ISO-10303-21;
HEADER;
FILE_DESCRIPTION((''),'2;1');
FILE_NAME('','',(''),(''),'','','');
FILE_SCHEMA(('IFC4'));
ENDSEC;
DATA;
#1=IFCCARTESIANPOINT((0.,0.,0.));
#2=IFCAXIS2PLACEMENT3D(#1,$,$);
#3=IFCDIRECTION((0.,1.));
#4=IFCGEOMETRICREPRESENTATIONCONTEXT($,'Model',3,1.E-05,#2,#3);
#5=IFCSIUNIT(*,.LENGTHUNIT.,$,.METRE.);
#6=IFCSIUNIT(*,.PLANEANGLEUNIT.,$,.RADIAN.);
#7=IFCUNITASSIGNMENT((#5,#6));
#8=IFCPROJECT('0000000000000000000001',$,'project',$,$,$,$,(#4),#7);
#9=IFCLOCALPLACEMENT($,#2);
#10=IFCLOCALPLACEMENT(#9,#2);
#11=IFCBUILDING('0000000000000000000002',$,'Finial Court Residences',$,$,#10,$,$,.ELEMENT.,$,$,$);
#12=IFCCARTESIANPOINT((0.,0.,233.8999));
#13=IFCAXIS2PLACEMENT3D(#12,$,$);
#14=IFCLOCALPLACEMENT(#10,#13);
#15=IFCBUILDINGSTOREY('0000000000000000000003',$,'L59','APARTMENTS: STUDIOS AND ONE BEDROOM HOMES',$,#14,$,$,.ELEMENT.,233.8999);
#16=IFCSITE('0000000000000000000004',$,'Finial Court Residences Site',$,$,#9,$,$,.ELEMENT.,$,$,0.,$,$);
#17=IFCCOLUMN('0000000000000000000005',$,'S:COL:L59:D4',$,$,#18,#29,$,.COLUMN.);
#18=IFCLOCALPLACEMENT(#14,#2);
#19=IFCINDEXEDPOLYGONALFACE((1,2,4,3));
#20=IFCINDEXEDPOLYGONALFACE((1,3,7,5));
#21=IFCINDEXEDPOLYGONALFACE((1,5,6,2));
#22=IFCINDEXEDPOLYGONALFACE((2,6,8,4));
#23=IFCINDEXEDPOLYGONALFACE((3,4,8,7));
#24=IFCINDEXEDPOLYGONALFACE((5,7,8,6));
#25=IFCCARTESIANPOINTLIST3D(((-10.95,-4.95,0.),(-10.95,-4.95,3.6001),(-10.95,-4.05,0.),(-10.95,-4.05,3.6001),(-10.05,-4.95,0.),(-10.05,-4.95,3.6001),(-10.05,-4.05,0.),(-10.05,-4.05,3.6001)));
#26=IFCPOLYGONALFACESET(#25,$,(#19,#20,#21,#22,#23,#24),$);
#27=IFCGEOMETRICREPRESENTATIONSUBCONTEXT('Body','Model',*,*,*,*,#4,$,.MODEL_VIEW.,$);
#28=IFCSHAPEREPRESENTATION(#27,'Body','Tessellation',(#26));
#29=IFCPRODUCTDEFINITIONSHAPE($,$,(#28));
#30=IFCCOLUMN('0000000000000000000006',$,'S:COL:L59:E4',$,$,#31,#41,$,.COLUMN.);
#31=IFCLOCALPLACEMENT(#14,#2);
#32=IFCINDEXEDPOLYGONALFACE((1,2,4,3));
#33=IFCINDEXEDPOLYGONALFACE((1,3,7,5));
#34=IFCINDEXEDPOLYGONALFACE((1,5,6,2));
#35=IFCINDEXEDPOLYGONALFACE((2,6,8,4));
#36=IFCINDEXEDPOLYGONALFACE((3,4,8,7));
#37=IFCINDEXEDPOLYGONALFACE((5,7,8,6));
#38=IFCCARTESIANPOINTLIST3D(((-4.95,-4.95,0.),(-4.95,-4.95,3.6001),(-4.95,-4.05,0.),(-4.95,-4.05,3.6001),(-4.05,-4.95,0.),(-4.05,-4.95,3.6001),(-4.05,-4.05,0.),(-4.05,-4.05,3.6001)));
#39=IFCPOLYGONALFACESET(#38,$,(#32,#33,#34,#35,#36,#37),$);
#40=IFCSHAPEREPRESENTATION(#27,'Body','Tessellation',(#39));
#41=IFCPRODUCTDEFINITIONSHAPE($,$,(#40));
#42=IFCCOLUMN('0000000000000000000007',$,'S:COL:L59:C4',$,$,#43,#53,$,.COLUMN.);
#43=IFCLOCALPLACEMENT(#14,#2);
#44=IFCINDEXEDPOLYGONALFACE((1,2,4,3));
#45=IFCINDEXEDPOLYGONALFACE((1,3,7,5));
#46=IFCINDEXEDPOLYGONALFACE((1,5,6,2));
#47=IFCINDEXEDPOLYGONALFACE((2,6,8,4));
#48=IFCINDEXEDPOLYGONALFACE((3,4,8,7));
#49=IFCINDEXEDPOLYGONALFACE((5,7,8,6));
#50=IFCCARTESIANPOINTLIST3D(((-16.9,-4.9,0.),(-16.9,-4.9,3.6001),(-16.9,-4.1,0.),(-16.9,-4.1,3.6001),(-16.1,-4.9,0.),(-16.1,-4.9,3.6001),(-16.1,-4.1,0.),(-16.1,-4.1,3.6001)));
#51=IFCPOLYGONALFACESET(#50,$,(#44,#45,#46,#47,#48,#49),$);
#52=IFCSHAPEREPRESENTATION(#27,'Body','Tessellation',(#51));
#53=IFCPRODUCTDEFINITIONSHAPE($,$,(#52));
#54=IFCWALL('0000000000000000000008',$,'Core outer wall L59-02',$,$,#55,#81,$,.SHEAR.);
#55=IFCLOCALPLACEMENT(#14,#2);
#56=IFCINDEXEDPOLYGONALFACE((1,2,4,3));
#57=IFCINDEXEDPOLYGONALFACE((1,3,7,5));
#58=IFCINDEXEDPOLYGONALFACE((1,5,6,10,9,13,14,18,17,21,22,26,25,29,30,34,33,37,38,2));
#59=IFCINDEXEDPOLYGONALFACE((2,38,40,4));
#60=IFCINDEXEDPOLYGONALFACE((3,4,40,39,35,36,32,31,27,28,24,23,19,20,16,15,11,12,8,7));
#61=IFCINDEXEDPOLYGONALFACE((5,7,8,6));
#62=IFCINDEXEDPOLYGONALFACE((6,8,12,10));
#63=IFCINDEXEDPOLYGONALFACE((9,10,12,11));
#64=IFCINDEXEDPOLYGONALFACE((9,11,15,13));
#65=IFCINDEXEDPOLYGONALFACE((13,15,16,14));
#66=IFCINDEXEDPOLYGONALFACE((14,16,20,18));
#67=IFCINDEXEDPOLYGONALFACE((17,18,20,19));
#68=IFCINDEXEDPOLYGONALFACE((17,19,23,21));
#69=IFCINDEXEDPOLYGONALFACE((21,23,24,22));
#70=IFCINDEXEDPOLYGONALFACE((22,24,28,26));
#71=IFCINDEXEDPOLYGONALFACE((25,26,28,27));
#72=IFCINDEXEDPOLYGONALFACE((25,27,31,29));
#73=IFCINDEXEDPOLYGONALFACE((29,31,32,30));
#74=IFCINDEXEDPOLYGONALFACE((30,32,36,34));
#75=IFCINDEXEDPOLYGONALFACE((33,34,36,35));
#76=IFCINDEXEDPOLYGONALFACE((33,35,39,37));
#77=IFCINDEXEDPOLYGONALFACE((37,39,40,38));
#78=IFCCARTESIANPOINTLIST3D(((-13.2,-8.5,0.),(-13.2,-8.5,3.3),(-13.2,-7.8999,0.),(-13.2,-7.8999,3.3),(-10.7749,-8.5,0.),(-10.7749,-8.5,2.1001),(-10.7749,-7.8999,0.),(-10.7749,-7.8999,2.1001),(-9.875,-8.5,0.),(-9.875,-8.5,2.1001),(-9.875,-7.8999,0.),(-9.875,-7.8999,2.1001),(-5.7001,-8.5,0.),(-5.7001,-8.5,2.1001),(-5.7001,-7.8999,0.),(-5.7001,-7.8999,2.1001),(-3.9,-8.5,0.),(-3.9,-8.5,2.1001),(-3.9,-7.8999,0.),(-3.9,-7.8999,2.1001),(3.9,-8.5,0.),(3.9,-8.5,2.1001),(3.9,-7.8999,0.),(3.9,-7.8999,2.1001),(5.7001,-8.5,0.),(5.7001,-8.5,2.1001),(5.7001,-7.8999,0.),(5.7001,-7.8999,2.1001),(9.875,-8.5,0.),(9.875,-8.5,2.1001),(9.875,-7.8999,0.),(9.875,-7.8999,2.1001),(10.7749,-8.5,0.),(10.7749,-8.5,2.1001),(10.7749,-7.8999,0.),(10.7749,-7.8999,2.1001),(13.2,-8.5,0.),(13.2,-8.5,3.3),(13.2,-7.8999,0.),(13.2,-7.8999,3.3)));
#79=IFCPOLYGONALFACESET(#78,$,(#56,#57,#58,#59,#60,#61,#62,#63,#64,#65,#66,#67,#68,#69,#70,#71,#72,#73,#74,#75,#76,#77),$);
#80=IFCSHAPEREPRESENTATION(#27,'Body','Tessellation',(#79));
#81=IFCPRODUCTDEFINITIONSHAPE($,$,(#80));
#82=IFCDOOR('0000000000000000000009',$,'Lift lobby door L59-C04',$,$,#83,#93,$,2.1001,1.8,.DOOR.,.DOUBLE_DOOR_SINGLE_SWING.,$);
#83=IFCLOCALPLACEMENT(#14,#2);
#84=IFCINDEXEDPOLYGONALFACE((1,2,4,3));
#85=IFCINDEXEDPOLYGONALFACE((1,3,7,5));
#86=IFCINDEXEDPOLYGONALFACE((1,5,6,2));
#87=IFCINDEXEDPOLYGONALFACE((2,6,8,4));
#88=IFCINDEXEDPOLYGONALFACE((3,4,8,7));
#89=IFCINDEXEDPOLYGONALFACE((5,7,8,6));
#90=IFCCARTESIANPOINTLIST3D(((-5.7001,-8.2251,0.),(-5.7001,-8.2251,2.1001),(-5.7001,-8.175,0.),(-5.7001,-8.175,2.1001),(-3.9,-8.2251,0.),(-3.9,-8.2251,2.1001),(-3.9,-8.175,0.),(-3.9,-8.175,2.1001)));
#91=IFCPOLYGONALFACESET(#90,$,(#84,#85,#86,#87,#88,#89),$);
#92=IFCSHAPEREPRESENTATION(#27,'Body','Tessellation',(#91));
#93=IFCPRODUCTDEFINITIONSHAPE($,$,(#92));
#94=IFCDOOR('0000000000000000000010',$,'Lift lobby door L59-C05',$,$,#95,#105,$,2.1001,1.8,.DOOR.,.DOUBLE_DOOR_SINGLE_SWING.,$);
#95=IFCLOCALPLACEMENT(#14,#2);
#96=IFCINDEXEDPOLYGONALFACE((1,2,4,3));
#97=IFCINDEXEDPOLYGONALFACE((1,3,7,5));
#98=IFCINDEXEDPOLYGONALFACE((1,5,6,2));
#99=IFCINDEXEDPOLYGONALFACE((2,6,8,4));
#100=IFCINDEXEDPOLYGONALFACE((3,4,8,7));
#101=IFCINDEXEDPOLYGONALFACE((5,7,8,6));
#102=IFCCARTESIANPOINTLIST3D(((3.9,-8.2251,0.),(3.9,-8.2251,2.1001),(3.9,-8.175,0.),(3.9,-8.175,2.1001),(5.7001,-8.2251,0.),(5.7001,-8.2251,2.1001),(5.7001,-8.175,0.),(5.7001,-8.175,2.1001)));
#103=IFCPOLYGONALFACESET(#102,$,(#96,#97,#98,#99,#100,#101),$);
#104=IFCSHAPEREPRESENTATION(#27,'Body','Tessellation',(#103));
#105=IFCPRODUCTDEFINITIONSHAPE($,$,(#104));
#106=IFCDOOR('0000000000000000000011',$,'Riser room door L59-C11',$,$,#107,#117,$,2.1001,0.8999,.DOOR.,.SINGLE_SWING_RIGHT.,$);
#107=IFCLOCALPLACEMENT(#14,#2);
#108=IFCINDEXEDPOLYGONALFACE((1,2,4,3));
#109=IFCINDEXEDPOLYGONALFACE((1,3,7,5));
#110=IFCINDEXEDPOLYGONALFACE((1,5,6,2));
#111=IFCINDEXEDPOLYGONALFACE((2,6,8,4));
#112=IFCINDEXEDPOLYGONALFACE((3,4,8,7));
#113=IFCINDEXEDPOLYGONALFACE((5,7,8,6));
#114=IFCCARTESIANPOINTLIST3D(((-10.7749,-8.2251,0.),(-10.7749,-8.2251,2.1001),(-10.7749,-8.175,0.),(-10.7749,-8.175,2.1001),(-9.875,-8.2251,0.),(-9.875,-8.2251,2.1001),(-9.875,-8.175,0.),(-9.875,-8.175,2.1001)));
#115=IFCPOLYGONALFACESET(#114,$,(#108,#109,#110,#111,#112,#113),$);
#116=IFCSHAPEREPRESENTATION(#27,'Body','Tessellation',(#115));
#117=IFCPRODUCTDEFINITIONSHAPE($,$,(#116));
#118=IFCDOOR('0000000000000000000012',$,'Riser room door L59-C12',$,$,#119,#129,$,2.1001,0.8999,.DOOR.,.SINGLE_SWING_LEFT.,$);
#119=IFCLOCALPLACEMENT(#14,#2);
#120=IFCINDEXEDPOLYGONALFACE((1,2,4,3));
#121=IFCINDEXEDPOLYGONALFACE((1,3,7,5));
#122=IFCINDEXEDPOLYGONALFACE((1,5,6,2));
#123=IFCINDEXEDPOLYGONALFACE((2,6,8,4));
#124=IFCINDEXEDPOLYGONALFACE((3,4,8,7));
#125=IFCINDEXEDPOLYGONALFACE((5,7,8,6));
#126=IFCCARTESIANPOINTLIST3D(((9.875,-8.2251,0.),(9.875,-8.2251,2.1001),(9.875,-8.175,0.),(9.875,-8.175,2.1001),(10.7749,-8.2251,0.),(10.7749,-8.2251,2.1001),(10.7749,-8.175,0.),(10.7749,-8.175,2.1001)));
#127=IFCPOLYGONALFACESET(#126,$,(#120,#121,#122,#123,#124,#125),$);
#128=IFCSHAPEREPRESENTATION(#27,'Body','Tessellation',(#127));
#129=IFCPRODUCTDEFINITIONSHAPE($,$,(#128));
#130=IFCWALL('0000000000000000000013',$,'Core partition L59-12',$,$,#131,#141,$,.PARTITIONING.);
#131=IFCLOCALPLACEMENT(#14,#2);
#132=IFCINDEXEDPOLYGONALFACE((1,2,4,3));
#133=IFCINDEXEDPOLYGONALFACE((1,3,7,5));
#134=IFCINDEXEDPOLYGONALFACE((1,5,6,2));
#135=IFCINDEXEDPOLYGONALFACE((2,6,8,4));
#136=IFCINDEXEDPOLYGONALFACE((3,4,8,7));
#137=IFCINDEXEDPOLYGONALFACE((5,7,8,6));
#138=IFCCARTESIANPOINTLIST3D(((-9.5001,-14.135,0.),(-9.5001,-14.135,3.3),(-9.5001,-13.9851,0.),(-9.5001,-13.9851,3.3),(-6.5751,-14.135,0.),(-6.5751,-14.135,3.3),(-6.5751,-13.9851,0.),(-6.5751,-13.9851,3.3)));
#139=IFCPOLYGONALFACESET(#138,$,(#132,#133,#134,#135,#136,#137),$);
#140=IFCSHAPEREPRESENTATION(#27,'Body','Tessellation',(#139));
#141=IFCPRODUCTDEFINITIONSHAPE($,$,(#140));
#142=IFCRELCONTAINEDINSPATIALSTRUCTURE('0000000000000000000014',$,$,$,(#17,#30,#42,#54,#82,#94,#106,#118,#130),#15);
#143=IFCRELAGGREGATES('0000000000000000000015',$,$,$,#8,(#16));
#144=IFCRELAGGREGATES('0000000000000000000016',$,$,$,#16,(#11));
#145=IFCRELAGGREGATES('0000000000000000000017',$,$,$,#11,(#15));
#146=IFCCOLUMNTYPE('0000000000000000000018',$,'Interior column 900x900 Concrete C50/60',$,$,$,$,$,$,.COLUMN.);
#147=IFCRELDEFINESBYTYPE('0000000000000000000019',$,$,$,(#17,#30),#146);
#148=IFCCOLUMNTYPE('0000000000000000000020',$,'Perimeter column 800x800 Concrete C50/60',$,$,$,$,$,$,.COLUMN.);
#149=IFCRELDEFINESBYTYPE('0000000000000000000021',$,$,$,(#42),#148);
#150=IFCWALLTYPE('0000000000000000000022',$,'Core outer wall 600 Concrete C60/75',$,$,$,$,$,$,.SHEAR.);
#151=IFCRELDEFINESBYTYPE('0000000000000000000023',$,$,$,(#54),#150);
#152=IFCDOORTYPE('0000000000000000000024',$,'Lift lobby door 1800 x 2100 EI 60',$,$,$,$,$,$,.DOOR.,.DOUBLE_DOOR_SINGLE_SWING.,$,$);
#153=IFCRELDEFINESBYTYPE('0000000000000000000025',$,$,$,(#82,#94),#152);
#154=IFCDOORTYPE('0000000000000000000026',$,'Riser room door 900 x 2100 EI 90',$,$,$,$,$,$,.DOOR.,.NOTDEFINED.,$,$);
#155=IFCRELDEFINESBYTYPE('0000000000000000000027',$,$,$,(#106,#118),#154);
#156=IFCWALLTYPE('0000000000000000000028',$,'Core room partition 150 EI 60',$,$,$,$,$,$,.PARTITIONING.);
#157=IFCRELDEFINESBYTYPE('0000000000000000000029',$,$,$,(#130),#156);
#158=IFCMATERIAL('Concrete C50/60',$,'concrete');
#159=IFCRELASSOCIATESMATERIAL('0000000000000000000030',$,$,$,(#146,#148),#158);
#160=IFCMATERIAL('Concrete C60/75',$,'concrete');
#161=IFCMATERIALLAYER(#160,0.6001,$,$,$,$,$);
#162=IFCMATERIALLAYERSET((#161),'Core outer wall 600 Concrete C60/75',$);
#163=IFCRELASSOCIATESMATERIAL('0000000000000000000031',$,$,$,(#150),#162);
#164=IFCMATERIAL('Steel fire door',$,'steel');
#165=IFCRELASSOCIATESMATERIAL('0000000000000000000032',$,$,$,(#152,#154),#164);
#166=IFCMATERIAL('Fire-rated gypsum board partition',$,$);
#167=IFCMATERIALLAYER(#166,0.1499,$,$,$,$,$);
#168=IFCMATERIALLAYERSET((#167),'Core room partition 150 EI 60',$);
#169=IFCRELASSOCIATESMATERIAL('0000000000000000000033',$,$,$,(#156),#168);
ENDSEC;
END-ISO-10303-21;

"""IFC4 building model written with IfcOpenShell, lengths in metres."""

from ifc_helpers import new_model, si_unit, direction, frame, frame_2d, origin, origin_2d, place, context, subcontext, project, spatial, rectangle, extrude, material, layer, layer_set, material_profile, profile_set, type_object, element, fill, save


model = new_model("IFC4")

# Units and contexts
model_context = context("Model", 3, precision=1e-05, world=origin(), true_north=direction((0.0, 1.0)))
body_context = subcontext(model_context, "Body", "Model", "MODEL_VIEW")
ifc_project = project(units=[si_unit("LENGTHUNIT", "METRE"), si_unit("PLANEANGLEUNIT", "RADIAN")], contexts=[model_context])

# Site, building, storey
site_placement = place(None, origin())
site = spatial("IfcSite", under=ifc_project, at=site_placement, Name="Finial Court Residences Site", CompositionType="ELEMENT", RefElevation=0.0)
building_placement = place(site_placement, origin())
building = spatial("IfcBuilding", under=site, at=building_placement, Name="Finial Court Residences", CompositionType="ELEMENT")
storey_placement = place(building_placement, frame((0.0, 0.0, 233.8999)))
storey = spatial("IfcBuildingStorey", under=building, at=storey_placement, Name="L59", Description="APARTMENTS: STUDIOS AND ONE BEDROOM HOMES", CompositionType="ELEMENT", Elevation=233.8999)

# Columns
ifc_material_1 = material(Name="Concrete C50/60", Category="concrete")
ifc_material_profile_1 = material_profile(ifc_material_1, rectangle(XDim=0.8999, YDim=0.8999, at=origin_2d()), Name="900x900")
ifc_profile_set_1 = profile_set([ifc_material_profile_1], Name="Concrete C50/60")
column_type_1 = type_object("IfcColumnType", Name="Interior column 900x900 Concrete C50/60", PredefinedType="COLUMN", material=ifc_profile_set_1)
for number, where, z_axis, x_axis, name in (
    (1, (-10.5, -4.5, 0.0), (0.0, 0.0, 1.0), (1.0, 0.0, 0.0), "S:COL:L59:D4"),
    (2, (-4.5, -4.5, 0.0), (0.0, 0.0, 1.0), (1.0, 0.0, 0.0), "S:COL:L59:E4"),
):
    element("IfcColumn", number, at=place(storey_placement, frame(where, z_axis=z_axis, x_axis=x_axis)), inside=storey, type_object=column_type_1, Name=name, PredefinedType="COLUMN", context=body_context, shape_type="SweptSolid", body=[
        extrude(rectangle(XDim=0.8999, YDim=0.8999, at=origin_2d()), origin(), (0.0, 0.0, 1.0), 3.6001),
    ])
ifc_material_profile_2 = material_profile(ifc_material_1, rectangle(XDim=0.8, YDim=0.8, at=origin_2d()), Name="800x800")
ifc_profile_set_2 = profile_set([ifc_material_profile_2], Name="Concrete C50/60")
column_type_2 = type_object("IfcColumnType", Name="Perimeter column 800x800 Concrete C50/60", PredefinedType="COLUMN", material=ifc_profile_set_2)
column_placement = place(storey_placement, frame((-16.5, -4.5, 0.0), z_axis=(0.0, 0.0, 1.0), x_axis=(1.0, 0.0, 0.0)))
element("IfcColumn", 3, at=column_placement, inside=storey, type_object=column_type_2, Name="S:COL:L59:C4", PredefinedType="COLUMN", context=body_context, shape_type="SweptSolid", body=[
    extrude(rectangle(XDim=0.8, YDim=0.8, at=origin_2d()), origin(), (0.0, 0.0, 1.0), 3.6001),
])

# Wall, openings, doors
ifc_material_2 = material(Name="Concrete C60/75", Category="concrete")
ifc_layer_1 = layer(ifc_material_2, 0.6001)
ifc_layer_set_1 = layer_set([ifc_layer_1], Name="Core outer wall 600 Concrete C60/75")
wall_type_1 = type_object("IfcWallType", Name="Core outer wall 600 Concrete C60/75", PredefinedType="SHEAR", material=ifc_layer_set_1)
wall_1_placement = place(storey_placement, frame((-13.2, -8.2, 0.0), z_axis=(0.0, 0.0, 1.0), x_axis=(1.0, 0.0, 0.0)))
wall_1 = element("IfcWall", 4, at=wall_1_placement, inside=storey, type_object=wall_type_1, Name="Core outer wall L59-02", PredefinedType="SHEAR", context=body_context, shape_type="SweptSolid", body=[
    extrude(rectangle(XDim=26.3999, YDim=0.6001, at=frame_2d((13.2, 0.0))), origin(), (0.0, 0.0, 1.0), 3.3),
])
opening_1_placement = place(wall_1_placement, frame((7.5, 0.0, 0.0)))
opening_1 = element("IfcOpeningElement", 5, at=opening_1_placement, cuts=wall_1, PredefinedType="OPENING", context=body_context, shape_type="SweptSolid", body=[
    extrude(rectangle(XDim=1.8, YDim=2.1001, at=frame_2d((0.8999, 1.05))), frame((0.0, 0.3101, 0.0), z_axis=(0.0, -1.0, 0.0), x_axis=(1.0, 0.0, 0.0)), (0.0, 0.0, 1.0), 0.6201),
])
opening_2_placement = place(wall_1_placement, frame((17.1001, 0.0, 0.0)))
opening_2 = element("IfcOpeningElement", 6, at=opening_2_placement, cuts=wall_1, PredefinedType="OPENING", context=body_context, shape_type="SweptSolid", body=[
    extrude(rectangle(XDim=1.8, YDim=2.1001, at=frame_2d((0.8999, 1.05))), frame((0.0, 0.3101, 0.0), z_axis=(0.0, -1.0, 0.0), x_axis=(1.0, 0.0, 0.0)), (0.0, 0.0, 1.0), 0.6201),
])
opening_3_placement = place(wall_1_placement, frame((2.425, 0.0, 0.0)))
opening_3 = element("IfcOpeningElement", 7, at=opening_3_placement, cuts=wall_1, PredefinedType="OPENING", context=body_context, shape_type="SweptSolid", body=[
    extrude(rectangle(XDim=0.8999, YDim=2.1001, at=frame_2d((0.45, 1.05))), frame((0.0, 0.3101, 0.0), z_axis=(0.0, -1.0, 0.0), x_axis=(1.0, 0.0, 0.0)), (0.0, 0.0, 1.0), 0.6201),
])
opening_4_placement = place(wall_1_placement, frame((23.075, 0.0, 0.0)))
opening_4 = element("IfcOpeningElement", 8, at=opening_4_placement, cuts=wall_1, PredefinedType="OPENING", context=body_context, shape_type="SweptSolid", body=[
    extrude(rectangle(XDim=0.8999, YDim=2.1001, at=frame_2d((0.45, 1.05))), frame((0.0, 0.3101, 0.0), z_axis=(0.0, -1.0, 0.0), x_axis=(1.0, 0.0, 0.0)), (0.0, 0.0, 1.0), 0.6201),
])
ifc_material_3 = material(Name="Steel fire door", Category="steel")
door_type_1 = type_object("IfcDoorType", Name="Lift lobby door 1800 x 2100 EI 60", OperationType="DOUBLE_DOOR_SINGLE_SWING", PredefinedType="DOOR", material=ifc_material_3)
door_1_placement = place(opening_1_placement, origin())
door_1 = element("IfcDoor", 9, at=door_1_placement, inside=storey, type_object=door_type_1, Name="Lift lobby door L59-C04", OperationType="DOUBLE_DOOR_SINGLE_SWING", OverallHeight=2.1001, OverallWidth=1.8, PredefinedType="DOOR", context=body_context, shape_type="SweptSolid", body=[
    extrude(rectangle(XDim=1.8, YDim=2.1001, at=frame_2d((0.8999, 1.05))), frame((0.0, 0.0249, 0.0), z_axis=(0.0, -1.0, 0.0), x_axis=(1.0, 0.0, 0.0)), (0.0, 0.0, 1.0), 0.05),
])
fill(opening_1, door_1)
door_2_placement = place(opening_2_placement, origin())
door_2 = element("IfcDoor", 10, at=door_2_placement, inside=storey, type_object=door_type_1, Name="Lift lobby door L59-C05", OperationType="DOUBLE_DOOR_SINGLE_SWING", OverallHeight=2.1001, OverallWidth=1.8, PredefinedType="DOOR", context=body_context, shape_type="SweptSolid", body=[
    extrude(rectangle(XDim=1.8, YDim=2.1001, at=frame_2d((0.8999, 1.05))), frame((0.0, 0.0249, 0.0), z_axis=(0.0, -1.0, 0.0), x_axis=(1.0, 0.0, 0.0)), (0.0, 0.0, 1.0), 0.05),
])
fill(opening_2, door_2)
door_type_2 = type_object("IfcDoorType", Name="Riser room door 900 x 2100 EI 90", OperationType="NOTDEFINED", PredefinedType="DOOR", material=ifc_material_3)
door_3_placement = place(opening_3_placement, origin())
door_3 = element("IfcDoor", 11, at=door_3_placement, inside=storey, type_object=door_type_2, Name="Riser room door L59-C11", OperationType="SINGLE_SWING_RIGHT", OverallHeight=2.1001, OverallWidth=0.8999, PredefinedType="DOOR", context=body_context, shape_type="SweptSolid", body=[
    extrude(rectangle(XDim=0.8999, YDim=2.1001, at=frame_2d((0.45, 1.05))), frame((0.0, 0.0249, 0.0), z_axis=(0.0, -1.0, 0.0), x_axis=(1.0, 0.0, 0.0)), (0.0, 0.0, 1.0), 0.05),
])
fill(opening_3, door_3)
door_4_placement = place(opening_4_placement, origin())
door_4 = element("IfcDoor", 12, at=door_4_placement, inside=storey, type_object=door_type_2, Name="Riser room door L59-C12", OperationType="SINGLE_SWING_LEFT", OverallHeight=2.1001, OverallWidth=0.8999, PredefinedType="DOOR", context=body_context, shape_type="SweptSolid", body=[
    extrude(rectangle(XDim=0.8999, YDim=2.1001, at=frame_2d((0.45, 1.05))), frame((0.0, 0.0249, 0.0), z_axis=(0.0, -1.0, 0.0), x_axis=(1.0, 0.0, 0.0)), (0.0, 0.0, 1.0), 0.05),
])
fill(opening_4, door_4)

# Wall
ifc_material_4 = material(Name="Fire-rated gypsum board partition")
ifc_layer_2 = layer(ifc_material_4, 0.1499)
ifc_layer_set_2 = layer_set([ifc_layer_2], Name="Core room partition 150 EI 60")
wall_type_2 = type_object("IfcWallType", Name="Core room partition 150 EI 60", PredefinedType="PARTITIONING", material=ifc_layer_set_2)
wall_2_placement = place(storey_placement, frame((-9.5, -14.0601, 0.0), z_axis=(0.0, 0.0, 1.0), x_axis=(1.0, 0.0, 0.0)))
element("IfcWall", 13, at=wall_2_placement, inside=storey, type_object=wall_type_2, Name="Core partition L59-12", PredefinedType="PARTITIONING", context=body_context, shape_type="SweptSolid", body=[
    extrude(rectangle(XDim=2.925, YDim=0.1499, at=frame_2d((1.4624, 0.0))), origin(), (0.0, 0.0, 1.0), 3.3),
])

save(model, "model.ifc")
